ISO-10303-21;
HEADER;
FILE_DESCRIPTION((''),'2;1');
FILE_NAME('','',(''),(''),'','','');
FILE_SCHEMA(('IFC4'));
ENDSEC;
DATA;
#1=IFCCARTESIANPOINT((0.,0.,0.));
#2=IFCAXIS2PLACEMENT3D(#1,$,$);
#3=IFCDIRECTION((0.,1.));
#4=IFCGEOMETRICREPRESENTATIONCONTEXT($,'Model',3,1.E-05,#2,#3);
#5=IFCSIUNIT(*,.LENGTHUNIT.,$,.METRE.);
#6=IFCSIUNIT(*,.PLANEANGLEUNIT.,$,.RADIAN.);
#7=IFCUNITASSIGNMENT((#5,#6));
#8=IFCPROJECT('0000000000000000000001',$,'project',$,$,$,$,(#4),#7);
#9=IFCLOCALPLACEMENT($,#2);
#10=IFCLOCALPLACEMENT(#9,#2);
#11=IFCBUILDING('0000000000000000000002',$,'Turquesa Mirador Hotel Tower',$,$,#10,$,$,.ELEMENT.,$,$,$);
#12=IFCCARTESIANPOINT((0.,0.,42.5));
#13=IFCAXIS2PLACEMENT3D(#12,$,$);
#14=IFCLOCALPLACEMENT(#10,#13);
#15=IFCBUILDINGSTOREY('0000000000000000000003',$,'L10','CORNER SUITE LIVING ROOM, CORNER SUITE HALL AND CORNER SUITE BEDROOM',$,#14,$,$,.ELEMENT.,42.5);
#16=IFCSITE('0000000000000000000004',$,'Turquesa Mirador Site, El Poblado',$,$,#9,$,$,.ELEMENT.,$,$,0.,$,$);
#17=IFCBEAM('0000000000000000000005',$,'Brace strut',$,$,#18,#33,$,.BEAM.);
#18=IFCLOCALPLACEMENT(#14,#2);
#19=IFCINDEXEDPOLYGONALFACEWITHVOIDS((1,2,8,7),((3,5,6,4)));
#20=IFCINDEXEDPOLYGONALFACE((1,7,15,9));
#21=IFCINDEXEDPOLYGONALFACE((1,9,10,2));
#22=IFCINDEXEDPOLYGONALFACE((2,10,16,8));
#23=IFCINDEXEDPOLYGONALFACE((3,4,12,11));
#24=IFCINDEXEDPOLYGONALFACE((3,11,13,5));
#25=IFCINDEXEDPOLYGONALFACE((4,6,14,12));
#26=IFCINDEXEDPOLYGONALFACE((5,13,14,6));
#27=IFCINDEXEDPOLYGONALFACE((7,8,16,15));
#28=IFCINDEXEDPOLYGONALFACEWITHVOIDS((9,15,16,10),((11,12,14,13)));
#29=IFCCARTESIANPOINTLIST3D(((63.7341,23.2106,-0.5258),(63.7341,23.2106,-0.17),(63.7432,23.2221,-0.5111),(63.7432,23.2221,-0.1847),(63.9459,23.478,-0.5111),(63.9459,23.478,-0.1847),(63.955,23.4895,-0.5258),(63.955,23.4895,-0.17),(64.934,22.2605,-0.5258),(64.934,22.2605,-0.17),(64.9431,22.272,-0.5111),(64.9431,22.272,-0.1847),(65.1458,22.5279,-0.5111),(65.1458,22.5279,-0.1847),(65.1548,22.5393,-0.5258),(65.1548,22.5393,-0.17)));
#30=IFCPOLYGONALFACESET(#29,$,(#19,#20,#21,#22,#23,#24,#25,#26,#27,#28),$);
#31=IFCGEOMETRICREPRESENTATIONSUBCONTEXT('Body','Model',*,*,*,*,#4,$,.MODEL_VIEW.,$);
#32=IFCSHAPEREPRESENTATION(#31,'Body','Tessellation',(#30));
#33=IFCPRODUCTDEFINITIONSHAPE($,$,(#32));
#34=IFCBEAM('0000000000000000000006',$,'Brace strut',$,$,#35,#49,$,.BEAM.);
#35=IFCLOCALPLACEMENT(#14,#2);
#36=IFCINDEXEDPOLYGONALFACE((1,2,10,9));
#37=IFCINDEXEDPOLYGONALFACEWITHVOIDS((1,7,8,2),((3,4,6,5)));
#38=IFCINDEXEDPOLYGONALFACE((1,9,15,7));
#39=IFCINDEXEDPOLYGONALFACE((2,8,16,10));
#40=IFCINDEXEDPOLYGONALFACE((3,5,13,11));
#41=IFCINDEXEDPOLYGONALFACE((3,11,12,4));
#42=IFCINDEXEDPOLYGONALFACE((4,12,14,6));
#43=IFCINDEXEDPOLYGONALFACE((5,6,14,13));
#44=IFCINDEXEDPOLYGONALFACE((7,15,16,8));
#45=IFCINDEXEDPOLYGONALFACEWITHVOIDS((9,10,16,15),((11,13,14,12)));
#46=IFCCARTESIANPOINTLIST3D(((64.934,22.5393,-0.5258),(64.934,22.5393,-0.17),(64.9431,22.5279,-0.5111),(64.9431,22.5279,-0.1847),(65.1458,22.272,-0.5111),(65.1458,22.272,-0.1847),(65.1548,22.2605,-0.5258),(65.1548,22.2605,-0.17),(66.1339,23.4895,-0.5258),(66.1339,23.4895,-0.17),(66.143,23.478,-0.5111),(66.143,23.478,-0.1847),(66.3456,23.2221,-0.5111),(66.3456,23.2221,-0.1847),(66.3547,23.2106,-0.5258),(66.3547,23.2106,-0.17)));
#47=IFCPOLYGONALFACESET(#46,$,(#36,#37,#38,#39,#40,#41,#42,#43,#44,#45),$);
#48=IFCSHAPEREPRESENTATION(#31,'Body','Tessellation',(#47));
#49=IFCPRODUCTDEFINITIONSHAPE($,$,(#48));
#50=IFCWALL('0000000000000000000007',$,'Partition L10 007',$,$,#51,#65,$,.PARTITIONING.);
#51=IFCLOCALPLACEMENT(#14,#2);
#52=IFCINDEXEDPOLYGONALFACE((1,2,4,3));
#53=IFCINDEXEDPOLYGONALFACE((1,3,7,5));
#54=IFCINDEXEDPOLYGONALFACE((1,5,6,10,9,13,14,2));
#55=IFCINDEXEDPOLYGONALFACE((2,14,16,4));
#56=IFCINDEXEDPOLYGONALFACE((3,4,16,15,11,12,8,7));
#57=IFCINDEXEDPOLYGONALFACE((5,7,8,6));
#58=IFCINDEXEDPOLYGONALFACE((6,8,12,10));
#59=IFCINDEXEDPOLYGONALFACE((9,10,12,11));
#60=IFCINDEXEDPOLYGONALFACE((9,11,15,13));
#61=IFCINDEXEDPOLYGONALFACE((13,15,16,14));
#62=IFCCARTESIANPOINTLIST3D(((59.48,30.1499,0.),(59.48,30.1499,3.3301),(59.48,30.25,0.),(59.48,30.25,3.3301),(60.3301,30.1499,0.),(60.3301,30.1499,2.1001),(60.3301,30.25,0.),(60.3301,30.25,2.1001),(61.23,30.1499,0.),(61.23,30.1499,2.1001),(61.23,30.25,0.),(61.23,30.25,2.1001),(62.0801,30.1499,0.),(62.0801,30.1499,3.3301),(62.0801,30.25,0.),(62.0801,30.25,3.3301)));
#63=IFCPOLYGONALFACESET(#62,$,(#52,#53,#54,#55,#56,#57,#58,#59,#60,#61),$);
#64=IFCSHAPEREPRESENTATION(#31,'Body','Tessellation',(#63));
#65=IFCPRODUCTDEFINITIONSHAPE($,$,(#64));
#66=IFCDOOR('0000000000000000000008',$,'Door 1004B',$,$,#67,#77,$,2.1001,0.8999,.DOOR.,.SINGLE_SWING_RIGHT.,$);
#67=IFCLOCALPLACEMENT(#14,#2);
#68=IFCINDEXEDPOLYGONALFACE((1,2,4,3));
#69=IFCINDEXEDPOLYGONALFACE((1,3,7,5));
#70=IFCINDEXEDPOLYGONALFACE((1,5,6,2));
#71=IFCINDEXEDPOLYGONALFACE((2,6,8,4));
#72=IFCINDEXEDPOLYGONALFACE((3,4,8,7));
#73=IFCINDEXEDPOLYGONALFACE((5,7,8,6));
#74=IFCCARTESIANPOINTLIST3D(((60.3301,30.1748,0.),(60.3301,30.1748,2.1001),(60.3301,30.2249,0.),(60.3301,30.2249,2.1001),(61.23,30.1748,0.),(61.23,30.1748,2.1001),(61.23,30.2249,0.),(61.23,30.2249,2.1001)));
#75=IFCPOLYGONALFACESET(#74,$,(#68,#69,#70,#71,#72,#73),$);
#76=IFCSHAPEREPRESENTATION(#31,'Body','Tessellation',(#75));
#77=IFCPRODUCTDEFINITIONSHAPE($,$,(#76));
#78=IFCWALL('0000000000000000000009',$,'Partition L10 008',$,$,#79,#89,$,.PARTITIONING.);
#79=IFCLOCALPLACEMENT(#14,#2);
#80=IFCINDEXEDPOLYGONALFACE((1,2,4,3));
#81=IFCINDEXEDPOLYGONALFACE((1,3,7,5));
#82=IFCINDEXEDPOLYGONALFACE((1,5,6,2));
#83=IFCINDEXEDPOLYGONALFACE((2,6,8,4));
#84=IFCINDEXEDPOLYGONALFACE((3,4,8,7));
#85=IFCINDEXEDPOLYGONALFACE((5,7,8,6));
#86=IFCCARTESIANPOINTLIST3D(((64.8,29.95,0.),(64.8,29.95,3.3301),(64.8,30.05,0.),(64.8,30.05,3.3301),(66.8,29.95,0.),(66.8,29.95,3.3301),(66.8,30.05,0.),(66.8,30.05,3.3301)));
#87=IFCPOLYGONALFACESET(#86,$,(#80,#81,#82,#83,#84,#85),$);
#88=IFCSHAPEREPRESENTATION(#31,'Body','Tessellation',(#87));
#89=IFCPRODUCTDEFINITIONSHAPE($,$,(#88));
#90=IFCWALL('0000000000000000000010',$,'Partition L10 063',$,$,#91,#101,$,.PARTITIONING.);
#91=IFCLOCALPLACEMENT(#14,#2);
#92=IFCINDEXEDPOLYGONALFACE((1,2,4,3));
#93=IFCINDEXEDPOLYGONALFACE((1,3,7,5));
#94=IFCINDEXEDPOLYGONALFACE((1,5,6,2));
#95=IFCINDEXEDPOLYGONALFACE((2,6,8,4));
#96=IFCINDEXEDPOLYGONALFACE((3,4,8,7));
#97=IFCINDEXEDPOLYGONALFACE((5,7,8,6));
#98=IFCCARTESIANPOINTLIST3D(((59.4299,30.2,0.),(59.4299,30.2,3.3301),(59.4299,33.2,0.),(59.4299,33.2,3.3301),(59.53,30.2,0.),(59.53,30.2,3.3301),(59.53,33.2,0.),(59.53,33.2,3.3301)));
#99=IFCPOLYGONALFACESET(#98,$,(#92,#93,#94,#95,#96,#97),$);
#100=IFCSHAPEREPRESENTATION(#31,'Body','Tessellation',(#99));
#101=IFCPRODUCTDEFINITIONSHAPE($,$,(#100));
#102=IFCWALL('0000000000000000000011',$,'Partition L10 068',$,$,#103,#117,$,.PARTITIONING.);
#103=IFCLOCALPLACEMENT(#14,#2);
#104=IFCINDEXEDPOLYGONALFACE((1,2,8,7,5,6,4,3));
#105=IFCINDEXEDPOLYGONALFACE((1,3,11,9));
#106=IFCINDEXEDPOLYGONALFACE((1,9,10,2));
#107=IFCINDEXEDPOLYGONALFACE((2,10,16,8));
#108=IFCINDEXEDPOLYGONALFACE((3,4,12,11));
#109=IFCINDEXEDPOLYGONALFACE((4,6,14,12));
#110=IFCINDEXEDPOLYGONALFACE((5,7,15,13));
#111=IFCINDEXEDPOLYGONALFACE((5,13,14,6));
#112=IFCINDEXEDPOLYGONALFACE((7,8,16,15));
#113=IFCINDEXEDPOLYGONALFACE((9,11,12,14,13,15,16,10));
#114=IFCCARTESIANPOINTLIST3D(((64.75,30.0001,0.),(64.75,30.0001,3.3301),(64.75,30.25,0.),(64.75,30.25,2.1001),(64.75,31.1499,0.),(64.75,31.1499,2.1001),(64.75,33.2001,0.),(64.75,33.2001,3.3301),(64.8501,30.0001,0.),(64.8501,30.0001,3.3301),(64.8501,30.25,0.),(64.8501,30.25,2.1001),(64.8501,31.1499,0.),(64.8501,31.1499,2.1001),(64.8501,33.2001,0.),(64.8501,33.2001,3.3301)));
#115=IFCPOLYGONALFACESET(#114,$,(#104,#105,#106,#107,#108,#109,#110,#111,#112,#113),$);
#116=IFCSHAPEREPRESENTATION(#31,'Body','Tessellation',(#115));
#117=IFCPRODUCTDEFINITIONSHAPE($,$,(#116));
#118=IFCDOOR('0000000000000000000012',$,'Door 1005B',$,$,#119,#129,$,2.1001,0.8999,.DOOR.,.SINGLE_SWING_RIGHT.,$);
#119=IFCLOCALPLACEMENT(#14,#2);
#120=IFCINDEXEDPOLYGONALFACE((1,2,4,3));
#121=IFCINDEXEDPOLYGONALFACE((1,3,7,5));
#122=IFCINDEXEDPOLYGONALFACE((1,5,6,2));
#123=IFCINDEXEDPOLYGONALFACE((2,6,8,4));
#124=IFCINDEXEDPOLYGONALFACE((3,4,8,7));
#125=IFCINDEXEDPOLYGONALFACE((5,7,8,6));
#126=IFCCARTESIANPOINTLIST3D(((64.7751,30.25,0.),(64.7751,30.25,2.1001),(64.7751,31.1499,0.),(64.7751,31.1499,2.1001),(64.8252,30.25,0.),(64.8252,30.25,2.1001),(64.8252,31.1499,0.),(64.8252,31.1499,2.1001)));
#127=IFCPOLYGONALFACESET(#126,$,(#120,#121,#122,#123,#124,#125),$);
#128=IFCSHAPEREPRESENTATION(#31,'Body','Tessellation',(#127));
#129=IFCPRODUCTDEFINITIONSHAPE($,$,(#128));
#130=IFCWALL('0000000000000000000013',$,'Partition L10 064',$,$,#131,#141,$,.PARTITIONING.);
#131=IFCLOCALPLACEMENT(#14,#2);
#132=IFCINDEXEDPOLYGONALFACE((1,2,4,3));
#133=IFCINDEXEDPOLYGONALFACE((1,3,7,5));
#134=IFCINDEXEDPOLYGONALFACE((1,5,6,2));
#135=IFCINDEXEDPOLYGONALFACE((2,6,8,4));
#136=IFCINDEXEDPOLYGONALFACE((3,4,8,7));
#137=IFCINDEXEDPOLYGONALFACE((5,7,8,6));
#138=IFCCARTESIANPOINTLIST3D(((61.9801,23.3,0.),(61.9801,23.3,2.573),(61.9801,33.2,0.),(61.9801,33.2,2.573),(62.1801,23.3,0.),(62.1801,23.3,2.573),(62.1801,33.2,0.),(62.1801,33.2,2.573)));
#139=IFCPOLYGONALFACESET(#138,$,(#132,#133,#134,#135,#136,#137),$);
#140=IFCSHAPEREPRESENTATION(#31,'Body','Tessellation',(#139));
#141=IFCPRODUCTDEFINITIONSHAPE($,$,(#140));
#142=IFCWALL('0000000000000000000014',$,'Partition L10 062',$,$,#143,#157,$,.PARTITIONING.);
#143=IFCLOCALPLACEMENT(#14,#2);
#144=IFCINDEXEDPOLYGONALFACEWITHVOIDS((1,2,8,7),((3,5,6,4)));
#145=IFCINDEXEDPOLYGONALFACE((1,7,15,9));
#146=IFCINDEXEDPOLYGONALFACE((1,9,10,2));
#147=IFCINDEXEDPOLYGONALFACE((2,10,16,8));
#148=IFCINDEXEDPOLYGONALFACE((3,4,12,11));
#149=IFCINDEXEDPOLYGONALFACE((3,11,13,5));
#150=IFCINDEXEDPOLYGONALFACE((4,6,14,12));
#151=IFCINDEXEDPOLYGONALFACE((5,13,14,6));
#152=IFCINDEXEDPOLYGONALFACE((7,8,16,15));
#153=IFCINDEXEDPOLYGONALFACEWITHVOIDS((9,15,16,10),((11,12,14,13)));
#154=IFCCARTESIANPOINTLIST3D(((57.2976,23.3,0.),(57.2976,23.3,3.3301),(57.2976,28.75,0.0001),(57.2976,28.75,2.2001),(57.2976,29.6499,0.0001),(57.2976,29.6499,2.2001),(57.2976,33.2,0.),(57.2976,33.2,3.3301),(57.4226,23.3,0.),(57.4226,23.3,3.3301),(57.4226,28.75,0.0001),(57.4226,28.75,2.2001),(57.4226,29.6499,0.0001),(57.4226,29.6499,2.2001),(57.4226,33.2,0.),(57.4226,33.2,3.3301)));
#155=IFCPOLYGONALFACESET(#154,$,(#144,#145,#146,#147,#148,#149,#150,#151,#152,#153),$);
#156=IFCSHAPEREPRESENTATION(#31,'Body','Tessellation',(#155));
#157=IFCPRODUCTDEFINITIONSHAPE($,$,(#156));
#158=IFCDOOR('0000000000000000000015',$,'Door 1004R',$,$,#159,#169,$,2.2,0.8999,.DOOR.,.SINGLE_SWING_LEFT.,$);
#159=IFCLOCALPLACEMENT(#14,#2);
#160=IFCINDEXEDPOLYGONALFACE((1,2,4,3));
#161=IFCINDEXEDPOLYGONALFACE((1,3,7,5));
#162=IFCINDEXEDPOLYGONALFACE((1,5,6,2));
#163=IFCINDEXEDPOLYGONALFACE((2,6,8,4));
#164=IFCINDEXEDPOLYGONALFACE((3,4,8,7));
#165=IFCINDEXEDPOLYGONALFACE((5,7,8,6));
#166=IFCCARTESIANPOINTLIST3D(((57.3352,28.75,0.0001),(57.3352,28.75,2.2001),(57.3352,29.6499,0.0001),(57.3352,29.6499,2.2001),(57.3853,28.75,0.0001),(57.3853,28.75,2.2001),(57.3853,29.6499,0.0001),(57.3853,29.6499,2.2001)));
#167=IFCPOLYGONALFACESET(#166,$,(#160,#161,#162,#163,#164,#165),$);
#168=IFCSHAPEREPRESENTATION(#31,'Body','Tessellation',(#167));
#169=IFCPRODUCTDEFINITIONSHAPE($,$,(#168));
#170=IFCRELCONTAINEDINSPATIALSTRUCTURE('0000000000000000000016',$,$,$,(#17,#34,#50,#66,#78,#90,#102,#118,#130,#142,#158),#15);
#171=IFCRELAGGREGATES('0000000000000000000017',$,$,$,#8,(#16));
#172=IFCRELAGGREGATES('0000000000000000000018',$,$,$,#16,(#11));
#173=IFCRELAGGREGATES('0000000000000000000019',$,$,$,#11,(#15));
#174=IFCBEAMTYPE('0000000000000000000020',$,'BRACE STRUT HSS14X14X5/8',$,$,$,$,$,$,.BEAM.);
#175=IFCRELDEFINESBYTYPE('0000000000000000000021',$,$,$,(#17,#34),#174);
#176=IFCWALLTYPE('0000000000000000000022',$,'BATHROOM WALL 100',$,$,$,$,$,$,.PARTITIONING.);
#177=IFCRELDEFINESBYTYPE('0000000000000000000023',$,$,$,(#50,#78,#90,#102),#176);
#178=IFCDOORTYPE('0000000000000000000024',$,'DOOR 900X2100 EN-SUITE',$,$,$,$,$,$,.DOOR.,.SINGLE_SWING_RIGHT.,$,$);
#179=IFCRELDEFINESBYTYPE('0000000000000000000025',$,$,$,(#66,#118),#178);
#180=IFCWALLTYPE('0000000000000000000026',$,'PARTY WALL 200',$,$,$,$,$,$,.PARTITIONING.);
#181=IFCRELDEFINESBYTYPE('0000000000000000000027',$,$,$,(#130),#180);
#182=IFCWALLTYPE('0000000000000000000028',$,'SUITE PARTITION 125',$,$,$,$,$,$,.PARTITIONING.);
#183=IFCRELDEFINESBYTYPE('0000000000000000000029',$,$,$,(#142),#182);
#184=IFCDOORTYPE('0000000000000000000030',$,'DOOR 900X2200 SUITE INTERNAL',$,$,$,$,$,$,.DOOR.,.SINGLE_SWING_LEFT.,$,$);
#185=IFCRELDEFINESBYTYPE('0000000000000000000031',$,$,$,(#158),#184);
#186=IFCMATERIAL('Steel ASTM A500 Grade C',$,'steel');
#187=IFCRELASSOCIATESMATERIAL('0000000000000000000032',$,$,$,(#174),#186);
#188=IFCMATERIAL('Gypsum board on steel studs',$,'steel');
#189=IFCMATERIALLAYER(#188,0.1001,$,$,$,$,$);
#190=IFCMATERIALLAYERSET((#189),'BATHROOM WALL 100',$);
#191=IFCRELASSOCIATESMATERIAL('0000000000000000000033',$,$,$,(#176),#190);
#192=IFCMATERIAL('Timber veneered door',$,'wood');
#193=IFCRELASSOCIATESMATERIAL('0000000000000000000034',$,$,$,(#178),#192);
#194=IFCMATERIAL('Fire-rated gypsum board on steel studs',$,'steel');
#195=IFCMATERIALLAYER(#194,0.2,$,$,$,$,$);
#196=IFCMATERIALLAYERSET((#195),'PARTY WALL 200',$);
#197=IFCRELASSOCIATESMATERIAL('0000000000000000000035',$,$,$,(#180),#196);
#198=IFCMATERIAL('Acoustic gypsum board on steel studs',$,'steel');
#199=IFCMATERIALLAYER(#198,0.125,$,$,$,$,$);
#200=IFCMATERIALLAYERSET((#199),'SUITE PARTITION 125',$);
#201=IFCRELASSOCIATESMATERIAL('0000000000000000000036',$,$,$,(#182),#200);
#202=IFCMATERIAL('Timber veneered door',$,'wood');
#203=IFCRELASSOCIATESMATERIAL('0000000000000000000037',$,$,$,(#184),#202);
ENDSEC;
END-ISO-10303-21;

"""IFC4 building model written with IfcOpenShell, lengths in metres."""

from ifc_helpers import new_model, si_unit, direction, frame, frame_2d, origin, origin_2d, place, context, subcontext, project, spatial, rectangle, hollow_rectangle, extrude, material, layer, layer_set, material_profile, profile_set, type_object, element, fill, save


model = new_model("IFC4")

# Units and contexts
model_context = context("Model", 3, precision=1e-05, world=origin(), true_north=direction((0.0, 1.0)))
body_context = subcontext(model_context, "Body", "Model", "MODEL_VIEW")
ifc_project = project(units=[si_unit("LENGTHUNIT", "METRE"), si_unit("PLANEANGLEUNIT", "RADIAN")], contexts=[model_context])

# Site, building, storey
site_placement = place(None, origin())
site = spatial("IfcSite", under=ifc_project, at=site_placement, Name="Turquesa Mirador Site, El Poblado", CompositionType="ELEMENT", RefElevation=0.0)
building_placement = place(site_placement, origin())
building = spatial("IfcBuilding", under=site, at=building_placement, Name="Turquesa Mirador Hotel Tower", CompositionType="ELEMENT")
storey_placement = place(building_placement, frame((0.0, 0.0, 42.5)))
storey = spatial("IfcBuildingStorey", under=building, at=storey_placement, Name="L10", Description="CORNER SUITE LIVING ROOM, CORNER SUITE HALL AND CORNER SUITE BEDROOM", CompositionType="ELEMENT", Elevation=42.5)

# Beams
ifc_material_1 = material(Name="Steel ASTM A500 Grade C", Category="steel")
ifc_material_profile_1 = material_profile(ifc_material_1, hollow_rectangle(XDim=0.3557, YDim=0.3557, WallThickness=0.0146, at=origin_2d()), Name="HSS14X14X5/8")
ifc_profile_set_1 = profile_set([ifc_material_profile_1], Name="Steel ASTM A500 Grade C")
beam_type_1 = type_object("IfcBeamType", Name="BRACE STRUT HSS14X14X5/8", PredefinedType="BEAM", material=ifc_profile_set_1)
for number, where, z_axis, x_axis, name in (
    (1, (65.0444, 22.3999, -0.3479), (-0.783971, 0.620797, 0.0), (-0.620797, -0.783971, 0.0), "Brace strut"),
    (2, (65.0444, 22.3999, -0.3479), (0.783971, 0.620797, 0.0), (-0.620797, 0.783971, 0.0), "Brace strut"),
):
    element("IfcBeam", number, at=place(storey_placement, frame(where, z_axis=z_axis, x_axis=x_axis)), inside=storey, type_object=beam_type_1, Name=name, PredefinedType="BEAM", context=body_context, shape_type="SweptSolid", body=[
        extrude(hollow_rectangle(XDim=0.3557, YDim=0.3557, WallThickness=0.0146, at=origin_2d()), origin(), (0.0, 0.0, 1.0), 1.5305),
    ])

# Wall, opening, door
ifc_material_2 = material(Name="Gypsum board on steel studs", Category="steel")
ifc_layer_1 = layer(ifc_material_2, 0.1001)
ifc_layer_set_1 = layer_set([ifc_layer_1], Name="BATHROOM WALL 100")
wall_type_1 = type_object("IfcWallType", Name="BATHROOM WALL 100", PredefinedType="PARTITIONING", material=ifc_layer_set_1)
wall_1_placement = place(storey_placement, frame((59.48, 30.2, 0.0), z_axis=(0.0, 0.0, 1.0), x_axis=(1.0, 0.0, 0.0)))
wall_1 = element("IfcWall", 3, at=wall_1_placement, inside=storey, type_object=wall_type_1, Name="Partition L10 007", PredefinedType="PARTITIONING", context=body_context, shape_type="SweptSolid", body=[
    extrude(rectangle(XDim=2.6001, YDim=0.1001, at=frame_2d((1.3, 0.0))), origin(), (0.0, 0.0, 1.0), 3.3301),
])
opening_1_placement = place(wall_1_placement, frame((0.8501, 0.0, 0.0)))
opening_1 = element("IfcOpeningElement", 4, at=opening_1_placement, cuts=wall_1, PredefinedType="OPENING", context=body_context, shape_type="SweptSolid", body=[
    extrude(rectangle(XDim=0.8999, YDim=2.1001, at=frame_2d((0.45, 1.05))), frame((0.0, 0.0601, 0.0), z_axis=(0.0, -1.0, 0.0), x_axis=(1.0, 0.0, 0.0)), (0.0, 0.0, 1.0), 0.1201),
])
ifc_material_3 = material(Name="Timber veneered door", Category="wood")
door_type_1 = type_object("IfcDoorType", Name="DOOR 900X2100 EN-SUITE", OperationType="SINGLE_SWING_RIGHT", PredefinedType="DOOR", material=ifc_material_3)
door_1_placement = place(opening_1_placement, origin())
door_1 = element("IfcDoor", 5, at=door_1_placement, inside=storey, type_object=door_type_1, Name="Door 1004B", OperationType="SINGLE_SWING_RIGHT", OverallHeight=2.1001, OverallWidth=0.8999, PredefinedType="DOOR", context=body_context, shape_type="SweptSolid", body=[
    extrude(rectangle(XDim=0.8999, YDim=2.1001, at=frame_2d((0.45, 1.05))), frame((0.0, 0.0249, 0.0), z_axis=(0.0, -1.0, 0.0), x_axis=(1.0, 0.0, 0.0)), (0.0, 0.0, 1.0), 0.05),
])
fill(opening_1, door_1)

# Walls
wall_2_placement = place(storey_placement, frame((64.8, 30.0, 0.0), z_axis=(0.0, 0.0, 1.0), x_axis=(1.0, 0.0, 0.0)))
element("IfcWall", 6, at=wall_2_placement, inside=storey, type_object=wall_type_1, Name="Partition L10 008", PredefinedType="PARTITIONING", context=body_context, shape_type="SweptSolid", body=[
    extrude(rectangle(XDim=2.0, YDim=0.1001, at=frame_2d((1.0, 0.0))), origin(), (0.0, 0.0, 1.0), 3.3301),
])
wall_3_placement = place(storey_placement, frame((59.48, 30.2, 0.0), z_axis=(0.0, 0.0, 1.0), x_axis=(0.0, 1.0, 0.0)))
element("IfcWall", 7, at=wall_3_placement, inside=storey, type_object=wall_type_1, Name="Partition L10 063", PredefinedType="PARTITIONING", context=body_context, shape_type="SweptSolid", body=[
    extrude(rectangle(XDim=3.0, YDim=0.1001, at=frame_2d((1.5, 0.0))), origin(), (0.0, 0.0, 1.0), 3.3301),
])

# Wall, opening, door
wall_4_placement = place(storey_placement, frame((64.8, 30.0, 0.0), z_axis=(0.0, 0.0, 1.0), x_axis=(0.0, 1.0, 0.0)))
wall_4 = element("IfcWall", 8, at=wall_4_placement, inside=storey, type_object=wall_type_1, Name="Partition L10 068", PredefinedType="PARTITIONING", context=body_context, shape_type="SweptSolid", body=[
    extrude(rectangle(XDim=3.2, YDim=0.1001, at=frame_2d((1.6001, 0.0))), origin(), (0.0, 0.0, 1.0), 3.3301),
])
opening_2_placement = place(wall_4_placement, frame((0.25, 0.0, 0.0)))
opening_2 = element("IfcOpeningElement", 9, at=opening_2_placement, cuts=wall_4, PredefinedType="OPENING", context=body_context, shape_type="SweptSolid", body=[
    extrude(rectangle(XDim=0.8999, YDim=2.1001, at=frame_2d((0.45, 1.05))), frame((0.0, 0.0601, 0.0), z_axis=(0.0, -1.0, 0.0), x_axis=(1.0, 0.0, 0.0)), (0.0, 0.0, 1.0), 0.1201),
])
door_2_placement = place(opening_2_placement, origin())
door_2 = element("IfcDoor", 10, at=door_2_placement, inside=storey, type_object=door_type_1, Name="Door 1005B", OperationType="SINGLE_SWING_RIGHT", OverallHeight=2.1001, OverallWidth=0.8999, PredefinedType="DOOR", context=body_context, shape_type="SweptSolid", body=[
    extrude(rectangle(XDim=0.8999, YDim=2.1001, at=frame_2d((0.45, 1.05))), frame((0.0, 0.0249, 0.0), z_axis=(0.0, -1.0, 0.0), x_axis=(1.0, 0.0, 0.0)), (0.0, 0.0, 1.0), 0.05),
])
fill(opening_2, door_2)

# Wall
ifc_material_4 = material(Name="Fire-rated gypsum board on steel studs", Category="steel")
ifc_layer_2 = layer(ifc_material_4, 0.2)
ifc_layer_set_2 = layer_set([ifc_layer_2], Name="PARTY WALL 200")
wall_type_2 = type_object("IfcWallType", Name="PARTY WALL 200", PredefinedType="PARTITIONING", material=ifc_layer_set_2)
wall_5_placement = place(storey_placement, frame((62.0801, 23.3, 0.0), z_axis=(0.0, 0.0, 1.0), x_axis=(0.0, 1.0, 0.0)))
element("IfcWall", 11, at=wall_5_placement, inside=storey, type_object=wall_type_2, Name="Partition L10 064", PredefinedType="PARTITIONING", context=body_context, shape_type="SweptSolid", body=[
    extrude(rectangle(XDim=9.8999, YDim=0.2, at=frame_2d((4.95, 0.0))), origin(), (0.0, 0.0, 1.0), 2.573),
])

# Wall, opening, door
ifc_material_5 = material(Name="Acoustic gypsum board on steel studs", Category="steel")
ifc_layer_3 = layer(ifc_material_5, 0.125)
ifc_layer_set_3 = layer_set([ifc_layer_3], Name="SUITE PARTITION 125")
wall_type_3 = type_object("IfcWallType", Name="SUITE PARTITION 125", PredefinedType="PARTITIONING", material=ifc_layer_set_3)
wall_6_placement = place(storey_placement, frame((57.3601, 23.3, 0.0), z_axis=(0.0, 0.0, 1.0), x_axis=(0.0, 1.0, 0.0)))
wall_6 = element("IfcWall", 12, at=wall_6_placement, inside=storey, type_object=wall_type_3, Name="Partition L10 062", PredefinedType="PARTITIONING", context=body_context, shape_type="SweptSolid", body=[
    extrude(rectangle(XDim=9.8999, YDim=0.125, at=frame_2d((4.95, 0.0))), origin(), (0.0, 0.0, 1.0), 3.3301),
])
opening_3_placement = place(wall_6_placement, frame((5.45, 0.0, 0.0)))
opening_3 = element("IfcOpeningElement", 13, at=opening_3_placement, cuts=wall_6, PredefinedType="OPENING", context=body_context, shape_type="SweptSolid", body=[
    extrude(rectangle(XDim=0.8999, YDim=2.2, at=frame_2d((0.45, 1.1001))), frame((0.0, 0.0725, 0.0), z_axis=(0.0, -1.0, 0.0), x_axis=(1.0, 0.0, 0.0)), (0.0, 0.0, 1.0), 0.145),
])
ifc_material_6 = material(Name="Timber veneered door", Category="wood")
door_type_2 = type_object("IfcDoorType", Name="DOOR 900X2200 SUITE INTERNAL", OperationType="SINGLE_SWING_LEFT", PredefinedType="DOOR", material=ifc_material_6)
door_3_placement = place(opening_3_placement, origin())
door_3 = element("IfcDoor", 14, at=door_3_placement, inside=storey, type_object=door_type_2, Name="Door 1004R", OperationType="SINGLE_SWING_LEFT", OverallHeight=2.2, OverallWidth=0.8999, PredefinedType="DOOR", context=body_context, shape_type="SweptSolid", body=[
    extrude(rectangle(XDim=0.8999, YDim=2.2, at=frame_2d((0.45, 1.1001))), frame((0.0, 0.0249, 0.0), z_axis=(0.0, -1.0, 0.0), x_axis=(1.0, 0.0, 0.0)), (0.0, 0.0, 1.0), 0.05),
])
fill(opening_3, door_3)

save(model, "model.ifc")
